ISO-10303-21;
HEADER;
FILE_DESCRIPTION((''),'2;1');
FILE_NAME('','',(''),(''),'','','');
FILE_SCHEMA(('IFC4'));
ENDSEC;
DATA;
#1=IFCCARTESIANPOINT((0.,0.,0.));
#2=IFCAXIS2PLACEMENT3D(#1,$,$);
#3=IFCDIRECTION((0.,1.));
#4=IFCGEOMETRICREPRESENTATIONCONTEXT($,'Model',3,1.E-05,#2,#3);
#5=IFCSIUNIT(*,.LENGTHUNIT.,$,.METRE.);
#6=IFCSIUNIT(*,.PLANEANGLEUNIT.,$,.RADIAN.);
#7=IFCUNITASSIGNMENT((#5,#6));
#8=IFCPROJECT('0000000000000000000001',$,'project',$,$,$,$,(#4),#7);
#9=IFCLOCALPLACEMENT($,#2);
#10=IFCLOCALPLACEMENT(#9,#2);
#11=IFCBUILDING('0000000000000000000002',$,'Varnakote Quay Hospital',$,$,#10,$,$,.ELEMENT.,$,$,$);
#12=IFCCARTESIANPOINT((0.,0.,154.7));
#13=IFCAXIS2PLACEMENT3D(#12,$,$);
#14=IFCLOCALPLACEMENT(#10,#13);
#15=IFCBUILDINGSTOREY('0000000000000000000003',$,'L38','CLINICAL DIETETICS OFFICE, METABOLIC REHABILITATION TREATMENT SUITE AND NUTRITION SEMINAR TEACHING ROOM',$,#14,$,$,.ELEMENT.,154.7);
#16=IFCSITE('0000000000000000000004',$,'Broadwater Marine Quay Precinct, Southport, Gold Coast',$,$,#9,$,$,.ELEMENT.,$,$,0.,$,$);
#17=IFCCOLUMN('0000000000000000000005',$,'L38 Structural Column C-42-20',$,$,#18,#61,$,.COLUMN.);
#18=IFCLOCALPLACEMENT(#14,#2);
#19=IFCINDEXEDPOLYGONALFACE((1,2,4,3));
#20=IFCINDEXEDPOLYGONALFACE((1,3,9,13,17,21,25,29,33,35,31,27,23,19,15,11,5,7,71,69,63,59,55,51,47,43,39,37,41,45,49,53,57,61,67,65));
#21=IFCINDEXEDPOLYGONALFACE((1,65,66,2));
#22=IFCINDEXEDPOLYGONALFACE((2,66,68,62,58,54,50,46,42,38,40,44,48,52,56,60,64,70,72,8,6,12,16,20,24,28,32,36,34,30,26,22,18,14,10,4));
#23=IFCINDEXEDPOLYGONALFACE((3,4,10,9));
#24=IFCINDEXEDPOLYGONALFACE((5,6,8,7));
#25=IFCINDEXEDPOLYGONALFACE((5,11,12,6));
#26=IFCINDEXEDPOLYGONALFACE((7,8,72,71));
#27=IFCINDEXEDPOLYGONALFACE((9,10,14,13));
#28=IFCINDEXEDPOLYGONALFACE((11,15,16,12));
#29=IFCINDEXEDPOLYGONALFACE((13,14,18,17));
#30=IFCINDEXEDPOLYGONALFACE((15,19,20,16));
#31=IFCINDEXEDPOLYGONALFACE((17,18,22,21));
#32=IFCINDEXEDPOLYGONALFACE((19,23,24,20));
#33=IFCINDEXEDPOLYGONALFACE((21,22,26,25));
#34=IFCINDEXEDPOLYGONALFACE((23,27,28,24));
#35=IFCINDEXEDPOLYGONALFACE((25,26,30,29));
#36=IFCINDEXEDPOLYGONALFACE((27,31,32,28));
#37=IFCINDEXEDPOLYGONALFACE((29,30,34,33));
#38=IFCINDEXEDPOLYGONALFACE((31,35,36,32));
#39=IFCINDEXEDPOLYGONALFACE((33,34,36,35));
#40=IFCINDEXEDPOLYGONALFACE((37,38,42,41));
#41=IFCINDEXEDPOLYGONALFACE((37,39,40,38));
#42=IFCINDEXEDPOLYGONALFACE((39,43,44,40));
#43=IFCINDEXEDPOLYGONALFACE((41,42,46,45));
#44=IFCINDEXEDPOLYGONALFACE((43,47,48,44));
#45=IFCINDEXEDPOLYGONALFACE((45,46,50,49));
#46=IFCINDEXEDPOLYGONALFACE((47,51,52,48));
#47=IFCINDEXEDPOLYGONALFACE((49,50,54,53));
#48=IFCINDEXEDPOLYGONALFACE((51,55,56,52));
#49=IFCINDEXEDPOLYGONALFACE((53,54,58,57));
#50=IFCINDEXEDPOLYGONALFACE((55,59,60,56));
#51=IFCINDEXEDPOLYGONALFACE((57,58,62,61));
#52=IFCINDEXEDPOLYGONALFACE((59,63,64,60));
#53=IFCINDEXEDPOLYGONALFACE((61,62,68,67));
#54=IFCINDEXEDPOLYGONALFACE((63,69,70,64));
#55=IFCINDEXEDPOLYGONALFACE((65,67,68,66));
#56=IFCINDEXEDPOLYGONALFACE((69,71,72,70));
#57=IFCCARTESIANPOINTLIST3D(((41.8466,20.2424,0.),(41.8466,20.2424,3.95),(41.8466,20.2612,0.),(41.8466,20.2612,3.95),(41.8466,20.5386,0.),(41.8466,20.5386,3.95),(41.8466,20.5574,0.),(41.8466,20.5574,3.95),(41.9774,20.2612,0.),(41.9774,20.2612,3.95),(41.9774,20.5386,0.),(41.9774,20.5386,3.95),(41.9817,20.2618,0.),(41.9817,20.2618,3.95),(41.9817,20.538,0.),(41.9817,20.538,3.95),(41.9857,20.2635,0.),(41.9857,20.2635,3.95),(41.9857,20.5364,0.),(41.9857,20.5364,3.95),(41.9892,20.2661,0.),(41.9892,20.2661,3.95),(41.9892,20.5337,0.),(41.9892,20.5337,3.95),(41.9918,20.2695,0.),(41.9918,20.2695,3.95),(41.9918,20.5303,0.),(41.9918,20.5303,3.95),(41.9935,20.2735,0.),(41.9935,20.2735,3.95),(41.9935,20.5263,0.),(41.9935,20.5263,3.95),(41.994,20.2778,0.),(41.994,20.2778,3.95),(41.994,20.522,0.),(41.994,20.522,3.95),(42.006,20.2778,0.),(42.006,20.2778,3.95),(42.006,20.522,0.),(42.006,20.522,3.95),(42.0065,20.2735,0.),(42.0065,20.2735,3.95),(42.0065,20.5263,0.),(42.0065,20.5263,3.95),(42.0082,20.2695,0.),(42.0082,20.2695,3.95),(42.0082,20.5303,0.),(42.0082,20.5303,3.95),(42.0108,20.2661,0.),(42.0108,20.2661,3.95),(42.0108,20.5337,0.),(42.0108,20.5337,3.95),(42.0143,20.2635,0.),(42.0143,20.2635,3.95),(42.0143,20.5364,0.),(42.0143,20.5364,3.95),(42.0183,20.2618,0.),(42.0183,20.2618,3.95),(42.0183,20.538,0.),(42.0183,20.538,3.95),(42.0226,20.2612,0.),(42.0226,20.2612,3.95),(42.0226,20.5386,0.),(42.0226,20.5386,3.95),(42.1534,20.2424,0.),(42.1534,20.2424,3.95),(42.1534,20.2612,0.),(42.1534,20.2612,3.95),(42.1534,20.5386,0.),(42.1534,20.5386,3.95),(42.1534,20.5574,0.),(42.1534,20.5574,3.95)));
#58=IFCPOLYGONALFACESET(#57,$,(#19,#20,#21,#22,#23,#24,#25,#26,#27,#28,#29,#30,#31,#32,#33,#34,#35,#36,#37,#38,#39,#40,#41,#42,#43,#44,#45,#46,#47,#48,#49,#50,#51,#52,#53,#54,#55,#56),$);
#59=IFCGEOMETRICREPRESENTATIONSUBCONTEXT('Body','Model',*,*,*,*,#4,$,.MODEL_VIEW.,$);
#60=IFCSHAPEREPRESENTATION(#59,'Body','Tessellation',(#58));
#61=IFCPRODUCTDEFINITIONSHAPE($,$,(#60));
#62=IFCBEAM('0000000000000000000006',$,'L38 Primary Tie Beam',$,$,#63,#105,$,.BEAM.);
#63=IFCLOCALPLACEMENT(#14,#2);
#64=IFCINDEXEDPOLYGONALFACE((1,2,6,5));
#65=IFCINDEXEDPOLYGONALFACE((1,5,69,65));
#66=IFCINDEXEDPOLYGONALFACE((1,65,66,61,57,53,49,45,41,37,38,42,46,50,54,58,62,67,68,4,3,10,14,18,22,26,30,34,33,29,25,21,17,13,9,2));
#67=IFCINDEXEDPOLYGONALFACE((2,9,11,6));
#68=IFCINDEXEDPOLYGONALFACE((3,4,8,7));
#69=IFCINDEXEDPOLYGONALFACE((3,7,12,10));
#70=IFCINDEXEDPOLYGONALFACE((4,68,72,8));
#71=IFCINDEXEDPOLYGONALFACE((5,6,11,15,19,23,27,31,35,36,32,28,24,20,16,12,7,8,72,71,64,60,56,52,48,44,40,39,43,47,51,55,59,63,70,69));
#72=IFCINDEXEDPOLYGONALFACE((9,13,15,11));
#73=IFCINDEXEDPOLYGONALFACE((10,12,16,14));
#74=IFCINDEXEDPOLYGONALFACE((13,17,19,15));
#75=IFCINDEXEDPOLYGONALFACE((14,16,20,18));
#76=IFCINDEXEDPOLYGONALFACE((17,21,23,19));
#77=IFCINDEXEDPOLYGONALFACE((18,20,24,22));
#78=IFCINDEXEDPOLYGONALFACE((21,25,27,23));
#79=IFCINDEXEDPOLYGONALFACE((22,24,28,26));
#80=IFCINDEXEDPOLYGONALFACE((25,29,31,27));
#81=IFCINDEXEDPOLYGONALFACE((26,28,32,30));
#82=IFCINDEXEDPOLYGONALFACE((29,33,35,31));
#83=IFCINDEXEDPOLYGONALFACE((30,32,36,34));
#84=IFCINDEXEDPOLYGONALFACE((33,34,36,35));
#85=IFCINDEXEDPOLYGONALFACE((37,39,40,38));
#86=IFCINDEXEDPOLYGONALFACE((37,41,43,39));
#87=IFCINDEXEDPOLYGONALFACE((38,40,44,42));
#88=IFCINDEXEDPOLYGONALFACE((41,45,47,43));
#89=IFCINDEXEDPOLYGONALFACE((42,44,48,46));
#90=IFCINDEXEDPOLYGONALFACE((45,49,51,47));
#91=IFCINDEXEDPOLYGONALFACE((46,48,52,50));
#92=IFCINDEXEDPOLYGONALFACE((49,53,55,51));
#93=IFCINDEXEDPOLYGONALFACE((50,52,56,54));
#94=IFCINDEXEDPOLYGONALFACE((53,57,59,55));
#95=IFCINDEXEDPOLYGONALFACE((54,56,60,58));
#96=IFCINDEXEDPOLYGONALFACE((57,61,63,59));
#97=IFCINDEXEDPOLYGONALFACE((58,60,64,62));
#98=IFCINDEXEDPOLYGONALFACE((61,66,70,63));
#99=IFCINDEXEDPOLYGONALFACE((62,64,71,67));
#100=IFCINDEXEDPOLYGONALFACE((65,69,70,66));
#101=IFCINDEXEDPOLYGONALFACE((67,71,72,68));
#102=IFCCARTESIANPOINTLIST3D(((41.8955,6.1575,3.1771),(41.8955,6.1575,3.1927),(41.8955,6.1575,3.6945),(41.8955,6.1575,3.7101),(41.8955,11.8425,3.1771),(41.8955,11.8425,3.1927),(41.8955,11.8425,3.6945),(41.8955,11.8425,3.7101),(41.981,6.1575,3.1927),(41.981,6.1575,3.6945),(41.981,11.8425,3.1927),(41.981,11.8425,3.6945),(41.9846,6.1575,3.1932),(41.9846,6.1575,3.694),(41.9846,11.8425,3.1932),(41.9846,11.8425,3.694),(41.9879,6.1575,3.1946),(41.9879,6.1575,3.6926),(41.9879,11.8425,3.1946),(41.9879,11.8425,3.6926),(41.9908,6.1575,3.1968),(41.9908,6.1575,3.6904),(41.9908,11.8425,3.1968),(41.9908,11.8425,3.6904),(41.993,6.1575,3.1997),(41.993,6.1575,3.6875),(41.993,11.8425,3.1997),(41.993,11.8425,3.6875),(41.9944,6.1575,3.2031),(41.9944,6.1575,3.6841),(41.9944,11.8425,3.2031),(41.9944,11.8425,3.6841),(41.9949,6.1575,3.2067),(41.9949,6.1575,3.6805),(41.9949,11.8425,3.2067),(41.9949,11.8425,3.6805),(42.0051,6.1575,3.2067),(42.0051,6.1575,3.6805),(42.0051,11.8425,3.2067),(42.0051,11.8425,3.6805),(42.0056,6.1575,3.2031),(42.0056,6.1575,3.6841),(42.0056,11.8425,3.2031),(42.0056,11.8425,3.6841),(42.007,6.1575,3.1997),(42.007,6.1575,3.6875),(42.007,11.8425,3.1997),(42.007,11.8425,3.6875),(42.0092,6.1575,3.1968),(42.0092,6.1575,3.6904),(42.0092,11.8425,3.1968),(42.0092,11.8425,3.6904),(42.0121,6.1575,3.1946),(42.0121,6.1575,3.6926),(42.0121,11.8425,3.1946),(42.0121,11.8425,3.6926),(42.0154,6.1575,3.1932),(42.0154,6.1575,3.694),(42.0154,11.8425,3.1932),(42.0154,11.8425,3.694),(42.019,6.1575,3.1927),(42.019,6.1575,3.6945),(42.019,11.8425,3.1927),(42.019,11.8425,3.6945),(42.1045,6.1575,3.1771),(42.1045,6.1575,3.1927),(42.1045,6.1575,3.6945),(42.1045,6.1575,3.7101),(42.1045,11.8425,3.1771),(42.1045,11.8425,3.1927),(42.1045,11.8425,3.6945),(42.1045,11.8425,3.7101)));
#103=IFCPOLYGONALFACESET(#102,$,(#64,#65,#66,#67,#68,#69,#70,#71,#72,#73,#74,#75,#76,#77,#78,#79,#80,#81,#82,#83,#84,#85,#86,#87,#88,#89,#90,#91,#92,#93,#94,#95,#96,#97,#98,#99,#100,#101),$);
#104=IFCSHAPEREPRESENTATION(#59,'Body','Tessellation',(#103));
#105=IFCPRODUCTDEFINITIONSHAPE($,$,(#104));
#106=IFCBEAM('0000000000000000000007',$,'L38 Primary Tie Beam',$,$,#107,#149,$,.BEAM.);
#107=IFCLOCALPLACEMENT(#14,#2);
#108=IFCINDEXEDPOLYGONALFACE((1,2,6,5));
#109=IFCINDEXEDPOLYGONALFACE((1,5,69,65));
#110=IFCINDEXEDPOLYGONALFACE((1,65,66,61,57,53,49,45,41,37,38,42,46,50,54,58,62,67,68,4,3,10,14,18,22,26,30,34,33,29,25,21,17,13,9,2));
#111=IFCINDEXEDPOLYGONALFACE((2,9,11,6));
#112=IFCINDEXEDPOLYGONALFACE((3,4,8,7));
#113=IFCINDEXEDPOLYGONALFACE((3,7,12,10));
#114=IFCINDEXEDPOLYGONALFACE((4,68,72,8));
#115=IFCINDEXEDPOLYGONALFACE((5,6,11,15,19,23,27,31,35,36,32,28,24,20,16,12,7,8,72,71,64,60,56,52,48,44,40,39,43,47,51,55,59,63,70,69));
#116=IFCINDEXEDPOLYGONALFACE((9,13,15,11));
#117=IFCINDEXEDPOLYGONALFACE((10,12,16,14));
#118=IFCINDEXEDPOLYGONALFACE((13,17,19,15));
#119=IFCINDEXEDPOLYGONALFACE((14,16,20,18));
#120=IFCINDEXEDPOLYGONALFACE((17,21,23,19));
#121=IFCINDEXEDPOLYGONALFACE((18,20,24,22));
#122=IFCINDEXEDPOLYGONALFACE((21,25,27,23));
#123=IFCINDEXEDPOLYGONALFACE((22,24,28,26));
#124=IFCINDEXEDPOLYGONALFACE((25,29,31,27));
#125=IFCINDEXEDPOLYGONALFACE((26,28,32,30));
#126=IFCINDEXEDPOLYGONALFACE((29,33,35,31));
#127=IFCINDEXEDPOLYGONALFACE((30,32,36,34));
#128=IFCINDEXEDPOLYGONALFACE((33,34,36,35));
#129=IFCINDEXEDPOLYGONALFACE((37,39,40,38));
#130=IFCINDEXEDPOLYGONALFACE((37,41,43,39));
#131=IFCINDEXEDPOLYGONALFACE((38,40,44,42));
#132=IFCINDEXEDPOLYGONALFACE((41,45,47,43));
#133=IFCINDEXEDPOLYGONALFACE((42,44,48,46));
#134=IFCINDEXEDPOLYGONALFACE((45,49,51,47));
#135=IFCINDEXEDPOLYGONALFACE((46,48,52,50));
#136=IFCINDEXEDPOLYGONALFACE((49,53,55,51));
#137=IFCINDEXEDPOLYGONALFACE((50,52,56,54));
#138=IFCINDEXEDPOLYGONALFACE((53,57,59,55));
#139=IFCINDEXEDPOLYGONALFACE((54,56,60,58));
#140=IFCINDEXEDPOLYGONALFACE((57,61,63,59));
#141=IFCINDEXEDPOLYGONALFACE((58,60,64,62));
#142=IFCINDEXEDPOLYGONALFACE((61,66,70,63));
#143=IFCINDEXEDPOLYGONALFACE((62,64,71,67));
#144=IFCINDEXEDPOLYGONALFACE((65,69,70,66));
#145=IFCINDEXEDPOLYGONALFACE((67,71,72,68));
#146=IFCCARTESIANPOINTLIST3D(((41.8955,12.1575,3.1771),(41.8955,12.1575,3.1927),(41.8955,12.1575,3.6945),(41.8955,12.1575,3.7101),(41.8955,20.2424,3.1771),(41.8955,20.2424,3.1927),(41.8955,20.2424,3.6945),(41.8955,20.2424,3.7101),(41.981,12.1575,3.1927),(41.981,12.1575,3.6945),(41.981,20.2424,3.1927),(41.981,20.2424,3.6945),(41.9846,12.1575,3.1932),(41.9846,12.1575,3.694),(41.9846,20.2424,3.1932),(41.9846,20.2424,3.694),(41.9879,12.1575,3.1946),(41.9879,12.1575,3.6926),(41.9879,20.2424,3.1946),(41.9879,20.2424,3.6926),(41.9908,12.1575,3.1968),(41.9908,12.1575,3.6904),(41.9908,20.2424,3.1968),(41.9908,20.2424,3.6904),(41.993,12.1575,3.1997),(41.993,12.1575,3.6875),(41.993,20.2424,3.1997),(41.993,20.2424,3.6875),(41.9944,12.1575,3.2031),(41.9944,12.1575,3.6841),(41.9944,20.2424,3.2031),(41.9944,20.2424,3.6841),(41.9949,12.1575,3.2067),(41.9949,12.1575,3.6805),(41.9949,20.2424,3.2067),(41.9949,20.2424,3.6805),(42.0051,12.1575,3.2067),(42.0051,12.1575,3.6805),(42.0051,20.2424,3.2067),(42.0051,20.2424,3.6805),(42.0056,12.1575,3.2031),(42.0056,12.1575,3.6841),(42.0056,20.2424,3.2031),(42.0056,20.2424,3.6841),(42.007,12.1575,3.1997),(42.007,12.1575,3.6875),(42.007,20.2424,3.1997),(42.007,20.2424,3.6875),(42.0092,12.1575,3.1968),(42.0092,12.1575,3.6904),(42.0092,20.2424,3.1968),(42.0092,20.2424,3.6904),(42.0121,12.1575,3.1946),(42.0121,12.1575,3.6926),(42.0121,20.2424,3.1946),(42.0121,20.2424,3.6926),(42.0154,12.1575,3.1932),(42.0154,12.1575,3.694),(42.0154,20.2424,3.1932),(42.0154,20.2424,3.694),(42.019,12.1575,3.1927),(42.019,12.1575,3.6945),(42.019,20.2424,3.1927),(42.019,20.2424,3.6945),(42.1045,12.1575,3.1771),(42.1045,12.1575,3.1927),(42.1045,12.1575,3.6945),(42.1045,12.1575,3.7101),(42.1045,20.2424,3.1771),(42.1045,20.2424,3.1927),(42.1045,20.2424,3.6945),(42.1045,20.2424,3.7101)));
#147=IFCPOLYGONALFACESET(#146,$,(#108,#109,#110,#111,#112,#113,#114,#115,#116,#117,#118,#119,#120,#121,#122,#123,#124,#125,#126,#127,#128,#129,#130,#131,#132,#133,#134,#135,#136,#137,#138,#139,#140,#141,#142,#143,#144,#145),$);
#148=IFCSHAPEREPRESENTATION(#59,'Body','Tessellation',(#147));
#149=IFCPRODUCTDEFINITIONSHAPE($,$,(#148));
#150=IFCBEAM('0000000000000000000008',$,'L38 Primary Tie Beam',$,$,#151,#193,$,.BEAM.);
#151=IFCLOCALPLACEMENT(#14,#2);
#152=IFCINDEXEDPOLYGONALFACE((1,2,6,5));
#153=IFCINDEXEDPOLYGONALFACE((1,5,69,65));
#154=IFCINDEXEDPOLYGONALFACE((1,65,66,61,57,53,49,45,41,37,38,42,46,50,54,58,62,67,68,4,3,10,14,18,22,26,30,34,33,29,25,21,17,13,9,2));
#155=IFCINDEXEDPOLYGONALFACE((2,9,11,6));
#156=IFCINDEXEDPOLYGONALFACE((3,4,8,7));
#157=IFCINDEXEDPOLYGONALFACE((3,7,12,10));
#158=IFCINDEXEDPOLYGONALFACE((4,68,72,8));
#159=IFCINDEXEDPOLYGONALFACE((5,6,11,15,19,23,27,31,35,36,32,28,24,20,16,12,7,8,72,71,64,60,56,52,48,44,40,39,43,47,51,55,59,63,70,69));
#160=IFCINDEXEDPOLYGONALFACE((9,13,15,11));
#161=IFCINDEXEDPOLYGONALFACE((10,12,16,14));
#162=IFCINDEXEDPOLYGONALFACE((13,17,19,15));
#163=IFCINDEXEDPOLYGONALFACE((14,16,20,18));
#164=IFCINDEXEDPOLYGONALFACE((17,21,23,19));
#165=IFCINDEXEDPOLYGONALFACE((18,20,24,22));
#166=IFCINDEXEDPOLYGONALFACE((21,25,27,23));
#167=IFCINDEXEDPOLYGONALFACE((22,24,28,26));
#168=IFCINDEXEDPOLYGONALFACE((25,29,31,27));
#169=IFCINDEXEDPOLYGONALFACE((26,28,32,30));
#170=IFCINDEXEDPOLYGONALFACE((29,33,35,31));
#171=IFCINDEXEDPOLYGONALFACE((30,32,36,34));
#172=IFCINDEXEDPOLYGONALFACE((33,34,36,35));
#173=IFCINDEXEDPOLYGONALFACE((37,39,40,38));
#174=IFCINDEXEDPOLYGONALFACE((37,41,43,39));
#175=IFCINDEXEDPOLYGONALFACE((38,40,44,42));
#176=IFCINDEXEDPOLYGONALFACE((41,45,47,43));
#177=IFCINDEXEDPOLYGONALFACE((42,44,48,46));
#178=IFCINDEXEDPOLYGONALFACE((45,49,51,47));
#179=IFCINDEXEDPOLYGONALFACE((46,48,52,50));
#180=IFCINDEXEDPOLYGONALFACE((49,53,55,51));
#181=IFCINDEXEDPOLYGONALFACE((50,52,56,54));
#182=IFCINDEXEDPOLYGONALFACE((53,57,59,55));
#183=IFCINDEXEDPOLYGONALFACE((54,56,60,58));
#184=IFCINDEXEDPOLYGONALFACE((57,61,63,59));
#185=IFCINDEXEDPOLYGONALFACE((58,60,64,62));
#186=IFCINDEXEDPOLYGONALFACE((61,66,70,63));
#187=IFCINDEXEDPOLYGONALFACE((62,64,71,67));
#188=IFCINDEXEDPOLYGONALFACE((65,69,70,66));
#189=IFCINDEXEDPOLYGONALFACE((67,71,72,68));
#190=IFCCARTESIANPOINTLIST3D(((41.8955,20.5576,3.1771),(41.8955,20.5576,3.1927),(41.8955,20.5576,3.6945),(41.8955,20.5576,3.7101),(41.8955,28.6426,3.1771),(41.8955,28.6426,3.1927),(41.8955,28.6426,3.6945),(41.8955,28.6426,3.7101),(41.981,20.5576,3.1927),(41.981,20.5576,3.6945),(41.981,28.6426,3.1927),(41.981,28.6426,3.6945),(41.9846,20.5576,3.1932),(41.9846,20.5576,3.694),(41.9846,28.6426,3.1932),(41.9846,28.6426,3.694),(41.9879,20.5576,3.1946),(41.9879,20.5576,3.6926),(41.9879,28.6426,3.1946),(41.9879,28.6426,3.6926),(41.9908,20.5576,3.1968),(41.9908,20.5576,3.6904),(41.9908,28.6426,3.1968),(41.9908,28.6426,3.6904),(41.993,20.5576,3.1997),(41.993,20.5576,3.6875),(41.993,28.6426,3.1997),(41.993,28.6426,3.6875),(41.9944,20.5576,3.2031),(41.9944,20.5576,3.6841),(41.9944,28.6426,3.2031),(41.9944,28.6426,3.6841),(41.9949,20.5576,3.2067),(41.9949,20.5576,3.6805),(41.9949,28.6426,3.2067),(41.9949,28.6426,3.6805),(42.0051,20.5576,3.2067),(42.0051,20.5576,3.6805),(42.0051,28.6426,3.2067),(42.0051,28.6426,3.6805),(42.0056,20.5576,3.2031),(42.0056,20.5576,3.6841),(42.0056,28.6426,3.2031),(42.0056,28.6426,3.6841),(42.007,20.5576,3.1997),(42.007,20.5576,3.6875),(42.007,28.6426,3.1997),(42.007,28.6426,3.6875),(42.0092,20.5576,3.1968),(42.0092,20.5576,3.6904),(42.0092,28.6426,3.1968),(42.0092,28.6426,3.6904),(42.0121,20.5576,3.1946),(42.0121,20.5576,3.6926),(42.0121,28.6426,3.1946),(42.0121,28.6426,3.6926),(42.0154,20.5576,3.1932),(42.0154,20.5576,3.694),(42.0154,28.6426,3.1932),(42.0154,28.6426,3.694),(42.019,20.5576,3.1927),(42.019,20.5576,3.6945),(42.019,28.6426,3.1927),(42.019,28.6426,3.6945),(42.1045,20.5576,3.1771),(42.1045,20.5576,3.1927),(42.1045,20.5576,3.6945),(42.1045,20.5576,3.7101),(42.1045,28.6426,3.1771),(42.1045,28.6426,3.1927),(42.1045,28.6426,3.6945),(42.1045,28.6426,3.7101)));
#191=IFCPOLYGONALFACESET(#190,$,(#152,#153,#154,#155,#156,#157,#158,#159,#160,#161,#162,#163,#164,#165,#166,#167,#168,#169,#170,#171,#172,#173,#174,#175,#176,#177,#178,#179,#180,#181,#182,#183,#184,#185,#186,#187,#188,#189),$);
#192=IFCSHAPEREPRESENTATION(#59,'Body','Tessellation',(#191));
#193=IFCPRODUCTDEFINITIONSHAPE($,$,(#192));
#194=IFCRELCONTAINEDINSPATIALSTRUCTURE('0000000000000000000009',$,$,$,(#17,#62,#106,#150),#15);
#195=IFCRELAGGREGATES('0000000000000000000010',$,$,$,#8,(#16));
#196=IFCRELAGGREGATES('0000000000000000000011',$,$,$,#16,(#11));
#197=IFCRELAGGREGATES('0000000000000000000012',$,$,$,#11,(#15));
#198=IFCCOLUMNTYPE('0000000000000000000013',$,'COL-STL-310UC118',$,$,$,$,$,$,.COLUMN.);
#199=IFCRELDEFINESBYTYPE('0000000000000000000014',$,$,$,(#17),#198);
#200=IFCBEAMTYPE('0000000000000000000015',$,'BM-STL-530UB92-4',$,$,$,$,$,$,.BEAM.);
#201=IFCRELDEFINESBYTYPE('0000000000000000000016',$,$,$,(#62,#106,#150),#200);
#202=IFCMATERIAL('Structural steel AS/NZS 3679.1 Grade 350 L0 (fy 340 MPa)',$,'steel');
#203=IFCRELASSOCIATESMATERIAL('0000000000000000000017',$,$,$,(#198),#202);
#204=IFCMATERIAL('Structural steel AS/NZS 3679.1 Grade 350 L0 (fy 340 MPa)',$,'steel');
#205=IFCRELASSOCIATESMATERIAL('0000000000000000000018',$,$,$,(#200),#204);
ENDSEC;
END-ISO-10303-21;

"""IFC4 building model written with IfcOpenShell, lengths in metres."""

from ifc_helpers import new_model, si_unit, direction, frame, origin, origin_2d, place, context, subcontext, project, spatial, i_section, extrude, material, material_profile, profile_set, type_object, element, save


model = new_model("IFC4")

# Units and contexts
model_context = context("Model", 3, precision=1e-05, world=origin(), true_north=direction((0.0, 1.0)))
body_context = subcontext(model_context, "Body", "Model", "MODEL_VIEW")
ifc_project = project(units=[si_unit("LENGTHUNIT", "METRE"), si_unit("PLANEANGLEUNIT", "RADIAN")], contexts=[model_context])

# Site, building, storey
site_placement = place(None, origin())
site = spatial("IfcSite", under=ifc_project, at=site_placement, Name="Broadwater Marine Quay Precinct, Southport, Gold Coast", CompositionType="ELEMENT", RefElevation=0.0)
building_placement = place(site_placement, origin())
building = spatial("IfcBuilding", under=site, at=building_placement, Name="Varnakote Quay Hospital", CompositionType="ELEMENT")
storey_placement = place(building_placement, frame((0.0, 0.0, 154.7)))
storey = spatial("IfcBuildingStorey", under=building, at=storey_placement, Name="L38", Description="CLINICAL DIETETICS OFFICE, METABOLIC REHABILITATION TREATMENT SUITE AND NUTRITION SEMINAR TEACHING ROOM", CompositionType="ELEMENT", Elevation=154.7)

# Column
ifc_material_1 = material(Name="Structural steel AS/NZS 3679.1 Grade 350 L0 (fy 340 MPa)", Category="steel")
ifc_material_profile_1 = material_profile(ifc_material_1, i_section(OverallWidth=0.3069, OverallDepth=0.3149, WebThickness=0.012, FlangeThickness=0.0188, FilletRadius=0.0166, at=origin_2d()), Name="310UC118")
ifc_profile_set_1 = profile_set([ifc_material_profile_1], Name="Structural steel AS/NZS 3679.1 Grade 350 L0 (fy 340 MPa)")
column_type = type_object("IfcColumnType", Name="COL-STL-310UC118", PredefinedType="COLUMN", material=ifc_profile_set_1)
column_placement = place(storey_placement, frame((42.0, 20.3999, 0.0), z_axis=(0.0, 0.0, 1.0), x_axis=(1.0, 0.0, 0.0)))
element("IfcColumn", 1, at=column_placement, inside=storey, type_object=column_type, Name="L38 Structural Column C-42-20", PredefinedType="COLUMN", context=body_context, shape_type="SweptSolid", body=[
    extrude(i_section(OverallWidth=0.3069, OverallDepth=0.3149, WebThickness=0.012, FlangeThickness=0.0188, FilletRadius=0.0166, at=origin_2d()), origin(), (0.0, 0.0, 1.0), 3.95),
])

# Beams
ifc_material_2 = material(Name="Structural steel AS/NZS 3679.1 Grade 350 L0 (fy 340 MPa)", Category="steel")
ifc_material_profile_2 = material_profile(ifc_material_2, i_section(OverallWidth=0.209, OverallDepth=0.533, WebThickness=0.0103, FlangeThickness=0.0156, FilletRadius=0.0139, at=origin_2d()), Name="530UB92.4")
ifc_profile_set_2 = profile_set([ifc_material_profile_2], Name="Structural steel AS/NZS 3679.1 Grade 350 L0 (fy 340 MPa)")
beam_type_1 = type_object("IfcBeamType", Name="BM-STL-530UB92-4", PredefinedType="BEAM", material=ifc_profile_set_2)
beam_1_placement = place(storey_placement, frame((42.0, 6.1575, 3.4436), z_axis=(0.0, 1.0, 0.0), x_axis=(-1.0, 0.0, 0.0)))
element("IfcBeam", 2, at=beam_1_placement, inside=storey, type_object=beam_type_1, Name="L38 Primary Tie Beam", PredefinedType="BEAM", context=body_context, shape_type="SweptSolid", body=[
    extrude(i_section(OverallWidth=0.209, OverallDepth=0.533, WebThickness=0.0103, FlangeThickness=0.0156, FilletRadius=0.0139, at=origin_2d()), origin(), (0.0, 0.0, 1.0), 5.6851),
])
for number, where, z_axis, x_axis, name in (
    (3, (42.0, 12.1575, 3.4436), (0.0, 1.0, 0.0), (-1.0, 0.0, 0.0), "L38 Primary Tie Beam"),
    (4, (42.0, 20.5576, 3.4436), (0.0, 1.0, 0.0), (-1.0, 0.0, 0.0), "L38 Primary Tie Beam"),
):
    element("IfcBeam", number, at=place(storey_placement, frame(where, z_axis=z_axis, x_axis=x_axis)), inside=storey, type_object=beam_type_1, Name=name, PredefinedType="BEAM", context=body_context, shape_type="SweptSolid", body=[
        extrude(i_section(OverallWidth=0.209, OverallDepth=0.533, WebThickness=0.0103, FlangeThickness=0.0156, FilletRadius=0.0139, at=origin_2d()), origin(), (0.0, 0.0, 1.0), 8.085),
    ])

save(model, "model.ifc")
